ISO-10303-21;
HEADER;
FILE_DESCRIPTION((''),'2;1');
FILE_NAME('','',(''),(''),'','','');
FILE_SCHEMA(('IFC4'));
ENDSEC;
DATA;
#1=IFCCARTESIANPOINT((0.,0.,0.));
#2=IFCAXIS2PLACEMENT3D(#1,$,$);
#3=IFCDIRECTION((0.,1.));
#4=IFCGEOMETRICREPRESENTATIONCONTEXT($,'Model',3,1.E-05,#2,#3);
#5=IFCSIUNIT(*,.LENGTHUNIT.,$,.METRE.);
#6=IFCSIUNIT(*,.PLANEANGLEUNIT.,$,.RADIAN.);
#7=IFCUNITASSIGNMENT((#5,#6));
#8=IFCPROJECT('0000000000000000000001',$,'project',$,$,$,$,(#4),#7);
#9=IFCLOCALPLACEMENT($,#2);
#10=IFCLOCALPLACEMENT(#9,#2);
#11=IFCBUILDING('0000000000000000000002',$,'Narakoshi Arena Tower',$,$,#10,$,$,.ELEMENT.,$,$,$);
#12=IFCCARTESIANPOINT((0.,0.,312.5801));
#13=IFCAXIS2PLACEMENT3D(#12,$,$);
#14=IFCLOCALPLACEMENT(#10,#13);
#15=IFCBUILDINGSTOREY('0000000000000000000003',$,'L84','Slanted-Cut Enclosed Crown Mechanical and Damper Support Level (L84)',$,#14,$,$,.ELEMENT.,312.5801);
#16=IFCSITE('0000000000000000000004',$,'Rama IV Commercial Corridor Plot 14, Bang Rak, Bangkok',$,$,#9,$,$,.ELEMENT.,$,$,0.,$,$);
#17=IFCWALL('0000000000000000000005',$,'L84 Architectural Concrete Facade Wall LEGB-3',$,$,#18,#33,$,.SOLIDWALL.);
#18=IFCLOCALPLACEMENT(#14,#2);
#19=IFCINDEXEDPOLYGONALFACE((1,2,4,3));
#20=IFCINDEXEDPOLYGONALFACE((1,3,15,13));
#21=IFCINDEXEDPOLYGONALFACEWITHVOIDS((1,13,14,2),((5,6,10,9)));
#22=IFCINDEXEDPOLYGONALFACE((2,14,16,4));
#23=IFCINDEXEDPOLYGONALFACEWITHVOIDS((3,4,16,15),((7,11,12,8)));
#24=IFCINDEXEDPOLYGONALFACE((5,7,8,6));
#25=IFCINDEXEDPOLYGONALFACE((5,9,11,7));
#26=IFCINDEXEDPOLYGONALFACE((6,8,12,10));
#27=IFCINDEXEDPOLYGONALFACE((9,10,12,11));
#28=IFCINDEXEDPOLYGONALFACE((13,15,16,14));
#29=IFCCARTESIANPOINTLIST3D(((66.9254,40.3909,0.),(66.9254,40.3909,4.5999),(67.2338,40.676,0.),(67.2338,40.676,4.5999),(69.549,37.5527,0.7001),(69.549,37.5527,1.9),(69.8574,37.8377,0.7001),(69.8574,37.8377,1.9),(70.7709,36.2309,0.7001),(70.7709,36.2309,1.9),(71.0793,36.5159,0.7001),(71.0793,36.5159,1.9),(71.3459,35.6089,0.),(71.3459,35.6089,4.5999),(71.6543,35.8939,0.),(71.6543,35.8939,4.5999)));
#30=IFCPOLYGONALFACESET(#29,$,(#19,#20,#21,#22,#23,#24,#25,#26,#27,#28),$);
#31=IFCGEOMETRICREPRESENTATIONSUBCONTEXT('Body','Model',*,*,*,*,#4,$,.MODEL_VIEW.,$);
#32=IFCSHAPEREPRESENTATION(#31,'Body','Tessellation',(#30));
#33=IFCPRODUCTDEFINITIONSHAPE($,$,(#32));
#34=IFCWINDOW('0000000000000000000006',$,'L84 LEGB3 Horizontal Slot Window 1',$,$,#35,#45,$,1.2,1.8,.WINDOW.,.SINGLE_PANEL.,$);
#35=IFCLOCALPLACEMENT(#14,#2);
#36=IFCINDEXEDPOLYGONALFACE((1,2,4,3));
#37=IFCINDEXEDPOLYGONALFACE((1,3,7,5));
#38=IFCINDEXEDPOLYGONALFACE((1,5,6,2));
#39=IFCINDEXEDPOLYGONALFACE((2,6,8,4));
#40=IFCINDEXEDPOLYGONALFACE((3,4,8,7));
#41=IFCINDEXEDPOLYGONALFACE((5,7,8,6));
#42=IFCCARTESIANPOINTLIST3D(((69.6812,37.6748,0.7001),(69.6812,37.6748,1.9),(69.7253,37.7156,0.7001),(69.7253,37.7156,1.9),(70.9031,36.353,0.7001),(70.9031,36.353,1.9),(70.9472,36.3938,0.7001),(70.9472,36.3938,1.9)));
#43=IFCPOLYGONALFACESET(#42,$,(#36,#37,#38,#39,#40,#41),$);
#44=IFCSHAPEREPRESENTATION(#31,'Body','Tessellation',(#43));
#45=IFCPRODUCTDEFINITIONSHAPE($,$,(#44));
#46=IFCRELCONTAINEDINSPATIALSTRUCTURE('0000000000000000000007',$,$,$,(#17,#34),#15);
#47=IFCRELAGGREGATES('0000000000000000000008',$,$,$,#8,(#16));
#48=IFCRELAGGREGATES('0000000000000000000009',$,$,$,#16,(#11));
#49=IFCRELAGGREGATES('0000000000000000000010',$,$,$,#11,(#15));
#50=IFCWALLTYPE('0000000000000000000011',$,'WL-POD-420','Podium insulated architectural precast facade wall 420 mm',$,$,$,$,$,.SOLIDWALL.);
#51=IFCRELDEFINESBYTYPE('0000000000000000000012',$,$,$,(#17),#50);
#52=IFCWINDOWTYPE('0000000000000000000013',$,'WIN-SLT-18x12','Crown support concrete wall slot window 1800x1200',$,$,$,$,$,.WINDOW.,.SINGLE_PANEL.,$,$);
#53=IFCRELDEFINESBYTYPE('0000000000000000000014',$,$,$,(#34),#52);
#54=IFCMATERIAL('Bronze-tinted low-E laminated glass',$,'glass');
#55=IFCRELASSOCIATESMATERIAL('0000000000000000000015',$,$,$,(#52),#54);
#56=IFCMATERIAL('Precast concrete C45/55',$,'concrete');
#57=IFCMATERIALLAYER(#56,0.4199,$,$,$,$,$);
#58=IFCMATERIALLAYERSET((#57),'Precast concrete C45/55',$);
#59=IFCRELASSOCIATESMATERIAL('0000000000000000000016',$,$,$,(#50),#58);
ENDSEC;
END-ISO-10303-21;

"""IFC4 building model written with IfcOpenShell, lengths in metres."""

from ifc_helpers import new_model, si_unit, direction, frame, frame_2d, origin, place, context, subcontext, project, spatial, polyline, rectangle, outline, extrude, material, layer, layer_set, type_object, element, fill, save


model = new_model("IFC4")

# Units and contexts
model_context = context("Model", 3, precision=1e-05, world=origin(), true_north=direction((0.0, 1.0)))
body_context = subcontext(model_context, "Body", "Model", "MODEL_VIEW")
ifc_project = project(units=[si_unit("LENGTHUNIT", "METRE"), si_unit("PLANEANGLEUNIT", "RADIAN")], contexts=[model_context])

# Site, building, storey
site_placement = place(None, origin())
site = spatial("IfcSite", under=ifc_project, at=site_placement, Name="Rama IV Commercial Corridor Plot 14, Bang Rak, Bangkok", CompositionType="ELEMENT", RefElevation=0.0)
building_placement = place(site_placement, origin())
building = spatial("IfcBuilding", under=site, at=building_placement, Name="Narakoshi Arena Tower", CompositionType="ELEMENT")
storey_placement = place(building_placement, frame((0.0, 0.0, 312.5801)))
storey = spatial("IfcBuildingStorey", under=building, at=storey_placement, Name="L84", Description="Slanted-Cut Enclosed Crown Mechanical and Damper Support Level (L84)", CompositionType="ELEMENT", Elevation=312.5801)

# Shared definitions
ifc_material_1 = material(Name="Bronze-tinted low-E laminated glass", Category="glass")

# Shared definitions
window_type = type_object("IfcWindowType", Name="WIN-SLT-18x12", Description="Crown support concrete wall slot window 1800x1200", PartitioningType="SINGLE_PANEL", PredefinedType="WINDOW", material=ifc_material_1)

# Shared definitions
ifc_material_2 = material(Name="Precast concrete C45/55", Category="concrete")

# Wall, opening, window
ifc_layer_1 = layer(ifc_material_2, 0.4199)
ifc_layer_set_1 = layer_set([ifc_layer_1], Name="Precast concrete C45/55")
wall_type_1 = type_object("IfcWallType", Name="WL-POD-420", Description="Podium insulated architectural precast facade wall 420 mm", PredefinedType="SOLIDWALL", material=ifc_layer_set_1)
wall_1_placement = place(storey_placement, frame((67.0796, 40.5334, 0.0), z_axis=(0.0, 0.0, 1.0), x_axis=(0.6788, -0.734323, 0.0)))
wall_1 = element("IfcWall", 1, at=wall_1_placement, inside=storey, type_object=wall_type_1, Name="L84 Architectural Concrete Facade Wall LEGB-3", PredefinedType="SOLIDWALL", context=body_context, shape_type="SweptSolid", body=[
    extrude(outline(polyline([(0.0, 0.0), (6.5122, 0.0), (6.5122, 4.5999), (0.0, 4.5999), (0.0, 0.0)])), frame((0.0, 0.21, 0.0), z_axis=(0.0, -1.0, 0.0), x_axis=(1.0, 0.0, 0.0)), (0.0, 0.0, 1.0), 0.4199),
])
opening_1_placement = place(wall_1_placement, frame((3.8652, 0.0, 0.7)))
opening_1 = element("IfcOpeningElement", 2, at=opening_1_placement, cuts=wall_1, PredefinedType="OPENING", context=body_context, shape_type="SweptSolid", body=[
    extrude(rectangle(XDim=1.8, YDim=1.2, at=frame_2d((0.8999, 0.6001))), frame((0.0, 0.22, 0.0), z_axis=(0.0, -1.0, 0.0), x_axis=(1.0, 0.0, 0.0)), (0.0, 0.0, 1.0), 0.4399),
])
window_1_placement = place(opening_1_placement, origin())
window_1 = element("IfcWindow", 3, at=window_1_placement, inside=storey, type_object=window_type, Name="L84 LEGB3 Horizontal Slot Window 1", OverallHeight=1.2, OverallWidth=1.8, PartitioningType="SINGLE_PANEL", PredefinedType="WINDOW", context=body_context, shape_type="SweptSolid", body=[
    extrude(rectangle(XDim=1.8, YDim=1.2, at=frame_2d((0.8999, 0.6001))), frame((0.0, 0.03, 0.0), z_axis=(0.0, -1.0, 0.0), x_axis=(1.0, 0.0, 0.0)), (0.0, 0.0, 1.0), 0.0601),
])
fill(opening_1, window_1)

save(model, "model.ifc")
